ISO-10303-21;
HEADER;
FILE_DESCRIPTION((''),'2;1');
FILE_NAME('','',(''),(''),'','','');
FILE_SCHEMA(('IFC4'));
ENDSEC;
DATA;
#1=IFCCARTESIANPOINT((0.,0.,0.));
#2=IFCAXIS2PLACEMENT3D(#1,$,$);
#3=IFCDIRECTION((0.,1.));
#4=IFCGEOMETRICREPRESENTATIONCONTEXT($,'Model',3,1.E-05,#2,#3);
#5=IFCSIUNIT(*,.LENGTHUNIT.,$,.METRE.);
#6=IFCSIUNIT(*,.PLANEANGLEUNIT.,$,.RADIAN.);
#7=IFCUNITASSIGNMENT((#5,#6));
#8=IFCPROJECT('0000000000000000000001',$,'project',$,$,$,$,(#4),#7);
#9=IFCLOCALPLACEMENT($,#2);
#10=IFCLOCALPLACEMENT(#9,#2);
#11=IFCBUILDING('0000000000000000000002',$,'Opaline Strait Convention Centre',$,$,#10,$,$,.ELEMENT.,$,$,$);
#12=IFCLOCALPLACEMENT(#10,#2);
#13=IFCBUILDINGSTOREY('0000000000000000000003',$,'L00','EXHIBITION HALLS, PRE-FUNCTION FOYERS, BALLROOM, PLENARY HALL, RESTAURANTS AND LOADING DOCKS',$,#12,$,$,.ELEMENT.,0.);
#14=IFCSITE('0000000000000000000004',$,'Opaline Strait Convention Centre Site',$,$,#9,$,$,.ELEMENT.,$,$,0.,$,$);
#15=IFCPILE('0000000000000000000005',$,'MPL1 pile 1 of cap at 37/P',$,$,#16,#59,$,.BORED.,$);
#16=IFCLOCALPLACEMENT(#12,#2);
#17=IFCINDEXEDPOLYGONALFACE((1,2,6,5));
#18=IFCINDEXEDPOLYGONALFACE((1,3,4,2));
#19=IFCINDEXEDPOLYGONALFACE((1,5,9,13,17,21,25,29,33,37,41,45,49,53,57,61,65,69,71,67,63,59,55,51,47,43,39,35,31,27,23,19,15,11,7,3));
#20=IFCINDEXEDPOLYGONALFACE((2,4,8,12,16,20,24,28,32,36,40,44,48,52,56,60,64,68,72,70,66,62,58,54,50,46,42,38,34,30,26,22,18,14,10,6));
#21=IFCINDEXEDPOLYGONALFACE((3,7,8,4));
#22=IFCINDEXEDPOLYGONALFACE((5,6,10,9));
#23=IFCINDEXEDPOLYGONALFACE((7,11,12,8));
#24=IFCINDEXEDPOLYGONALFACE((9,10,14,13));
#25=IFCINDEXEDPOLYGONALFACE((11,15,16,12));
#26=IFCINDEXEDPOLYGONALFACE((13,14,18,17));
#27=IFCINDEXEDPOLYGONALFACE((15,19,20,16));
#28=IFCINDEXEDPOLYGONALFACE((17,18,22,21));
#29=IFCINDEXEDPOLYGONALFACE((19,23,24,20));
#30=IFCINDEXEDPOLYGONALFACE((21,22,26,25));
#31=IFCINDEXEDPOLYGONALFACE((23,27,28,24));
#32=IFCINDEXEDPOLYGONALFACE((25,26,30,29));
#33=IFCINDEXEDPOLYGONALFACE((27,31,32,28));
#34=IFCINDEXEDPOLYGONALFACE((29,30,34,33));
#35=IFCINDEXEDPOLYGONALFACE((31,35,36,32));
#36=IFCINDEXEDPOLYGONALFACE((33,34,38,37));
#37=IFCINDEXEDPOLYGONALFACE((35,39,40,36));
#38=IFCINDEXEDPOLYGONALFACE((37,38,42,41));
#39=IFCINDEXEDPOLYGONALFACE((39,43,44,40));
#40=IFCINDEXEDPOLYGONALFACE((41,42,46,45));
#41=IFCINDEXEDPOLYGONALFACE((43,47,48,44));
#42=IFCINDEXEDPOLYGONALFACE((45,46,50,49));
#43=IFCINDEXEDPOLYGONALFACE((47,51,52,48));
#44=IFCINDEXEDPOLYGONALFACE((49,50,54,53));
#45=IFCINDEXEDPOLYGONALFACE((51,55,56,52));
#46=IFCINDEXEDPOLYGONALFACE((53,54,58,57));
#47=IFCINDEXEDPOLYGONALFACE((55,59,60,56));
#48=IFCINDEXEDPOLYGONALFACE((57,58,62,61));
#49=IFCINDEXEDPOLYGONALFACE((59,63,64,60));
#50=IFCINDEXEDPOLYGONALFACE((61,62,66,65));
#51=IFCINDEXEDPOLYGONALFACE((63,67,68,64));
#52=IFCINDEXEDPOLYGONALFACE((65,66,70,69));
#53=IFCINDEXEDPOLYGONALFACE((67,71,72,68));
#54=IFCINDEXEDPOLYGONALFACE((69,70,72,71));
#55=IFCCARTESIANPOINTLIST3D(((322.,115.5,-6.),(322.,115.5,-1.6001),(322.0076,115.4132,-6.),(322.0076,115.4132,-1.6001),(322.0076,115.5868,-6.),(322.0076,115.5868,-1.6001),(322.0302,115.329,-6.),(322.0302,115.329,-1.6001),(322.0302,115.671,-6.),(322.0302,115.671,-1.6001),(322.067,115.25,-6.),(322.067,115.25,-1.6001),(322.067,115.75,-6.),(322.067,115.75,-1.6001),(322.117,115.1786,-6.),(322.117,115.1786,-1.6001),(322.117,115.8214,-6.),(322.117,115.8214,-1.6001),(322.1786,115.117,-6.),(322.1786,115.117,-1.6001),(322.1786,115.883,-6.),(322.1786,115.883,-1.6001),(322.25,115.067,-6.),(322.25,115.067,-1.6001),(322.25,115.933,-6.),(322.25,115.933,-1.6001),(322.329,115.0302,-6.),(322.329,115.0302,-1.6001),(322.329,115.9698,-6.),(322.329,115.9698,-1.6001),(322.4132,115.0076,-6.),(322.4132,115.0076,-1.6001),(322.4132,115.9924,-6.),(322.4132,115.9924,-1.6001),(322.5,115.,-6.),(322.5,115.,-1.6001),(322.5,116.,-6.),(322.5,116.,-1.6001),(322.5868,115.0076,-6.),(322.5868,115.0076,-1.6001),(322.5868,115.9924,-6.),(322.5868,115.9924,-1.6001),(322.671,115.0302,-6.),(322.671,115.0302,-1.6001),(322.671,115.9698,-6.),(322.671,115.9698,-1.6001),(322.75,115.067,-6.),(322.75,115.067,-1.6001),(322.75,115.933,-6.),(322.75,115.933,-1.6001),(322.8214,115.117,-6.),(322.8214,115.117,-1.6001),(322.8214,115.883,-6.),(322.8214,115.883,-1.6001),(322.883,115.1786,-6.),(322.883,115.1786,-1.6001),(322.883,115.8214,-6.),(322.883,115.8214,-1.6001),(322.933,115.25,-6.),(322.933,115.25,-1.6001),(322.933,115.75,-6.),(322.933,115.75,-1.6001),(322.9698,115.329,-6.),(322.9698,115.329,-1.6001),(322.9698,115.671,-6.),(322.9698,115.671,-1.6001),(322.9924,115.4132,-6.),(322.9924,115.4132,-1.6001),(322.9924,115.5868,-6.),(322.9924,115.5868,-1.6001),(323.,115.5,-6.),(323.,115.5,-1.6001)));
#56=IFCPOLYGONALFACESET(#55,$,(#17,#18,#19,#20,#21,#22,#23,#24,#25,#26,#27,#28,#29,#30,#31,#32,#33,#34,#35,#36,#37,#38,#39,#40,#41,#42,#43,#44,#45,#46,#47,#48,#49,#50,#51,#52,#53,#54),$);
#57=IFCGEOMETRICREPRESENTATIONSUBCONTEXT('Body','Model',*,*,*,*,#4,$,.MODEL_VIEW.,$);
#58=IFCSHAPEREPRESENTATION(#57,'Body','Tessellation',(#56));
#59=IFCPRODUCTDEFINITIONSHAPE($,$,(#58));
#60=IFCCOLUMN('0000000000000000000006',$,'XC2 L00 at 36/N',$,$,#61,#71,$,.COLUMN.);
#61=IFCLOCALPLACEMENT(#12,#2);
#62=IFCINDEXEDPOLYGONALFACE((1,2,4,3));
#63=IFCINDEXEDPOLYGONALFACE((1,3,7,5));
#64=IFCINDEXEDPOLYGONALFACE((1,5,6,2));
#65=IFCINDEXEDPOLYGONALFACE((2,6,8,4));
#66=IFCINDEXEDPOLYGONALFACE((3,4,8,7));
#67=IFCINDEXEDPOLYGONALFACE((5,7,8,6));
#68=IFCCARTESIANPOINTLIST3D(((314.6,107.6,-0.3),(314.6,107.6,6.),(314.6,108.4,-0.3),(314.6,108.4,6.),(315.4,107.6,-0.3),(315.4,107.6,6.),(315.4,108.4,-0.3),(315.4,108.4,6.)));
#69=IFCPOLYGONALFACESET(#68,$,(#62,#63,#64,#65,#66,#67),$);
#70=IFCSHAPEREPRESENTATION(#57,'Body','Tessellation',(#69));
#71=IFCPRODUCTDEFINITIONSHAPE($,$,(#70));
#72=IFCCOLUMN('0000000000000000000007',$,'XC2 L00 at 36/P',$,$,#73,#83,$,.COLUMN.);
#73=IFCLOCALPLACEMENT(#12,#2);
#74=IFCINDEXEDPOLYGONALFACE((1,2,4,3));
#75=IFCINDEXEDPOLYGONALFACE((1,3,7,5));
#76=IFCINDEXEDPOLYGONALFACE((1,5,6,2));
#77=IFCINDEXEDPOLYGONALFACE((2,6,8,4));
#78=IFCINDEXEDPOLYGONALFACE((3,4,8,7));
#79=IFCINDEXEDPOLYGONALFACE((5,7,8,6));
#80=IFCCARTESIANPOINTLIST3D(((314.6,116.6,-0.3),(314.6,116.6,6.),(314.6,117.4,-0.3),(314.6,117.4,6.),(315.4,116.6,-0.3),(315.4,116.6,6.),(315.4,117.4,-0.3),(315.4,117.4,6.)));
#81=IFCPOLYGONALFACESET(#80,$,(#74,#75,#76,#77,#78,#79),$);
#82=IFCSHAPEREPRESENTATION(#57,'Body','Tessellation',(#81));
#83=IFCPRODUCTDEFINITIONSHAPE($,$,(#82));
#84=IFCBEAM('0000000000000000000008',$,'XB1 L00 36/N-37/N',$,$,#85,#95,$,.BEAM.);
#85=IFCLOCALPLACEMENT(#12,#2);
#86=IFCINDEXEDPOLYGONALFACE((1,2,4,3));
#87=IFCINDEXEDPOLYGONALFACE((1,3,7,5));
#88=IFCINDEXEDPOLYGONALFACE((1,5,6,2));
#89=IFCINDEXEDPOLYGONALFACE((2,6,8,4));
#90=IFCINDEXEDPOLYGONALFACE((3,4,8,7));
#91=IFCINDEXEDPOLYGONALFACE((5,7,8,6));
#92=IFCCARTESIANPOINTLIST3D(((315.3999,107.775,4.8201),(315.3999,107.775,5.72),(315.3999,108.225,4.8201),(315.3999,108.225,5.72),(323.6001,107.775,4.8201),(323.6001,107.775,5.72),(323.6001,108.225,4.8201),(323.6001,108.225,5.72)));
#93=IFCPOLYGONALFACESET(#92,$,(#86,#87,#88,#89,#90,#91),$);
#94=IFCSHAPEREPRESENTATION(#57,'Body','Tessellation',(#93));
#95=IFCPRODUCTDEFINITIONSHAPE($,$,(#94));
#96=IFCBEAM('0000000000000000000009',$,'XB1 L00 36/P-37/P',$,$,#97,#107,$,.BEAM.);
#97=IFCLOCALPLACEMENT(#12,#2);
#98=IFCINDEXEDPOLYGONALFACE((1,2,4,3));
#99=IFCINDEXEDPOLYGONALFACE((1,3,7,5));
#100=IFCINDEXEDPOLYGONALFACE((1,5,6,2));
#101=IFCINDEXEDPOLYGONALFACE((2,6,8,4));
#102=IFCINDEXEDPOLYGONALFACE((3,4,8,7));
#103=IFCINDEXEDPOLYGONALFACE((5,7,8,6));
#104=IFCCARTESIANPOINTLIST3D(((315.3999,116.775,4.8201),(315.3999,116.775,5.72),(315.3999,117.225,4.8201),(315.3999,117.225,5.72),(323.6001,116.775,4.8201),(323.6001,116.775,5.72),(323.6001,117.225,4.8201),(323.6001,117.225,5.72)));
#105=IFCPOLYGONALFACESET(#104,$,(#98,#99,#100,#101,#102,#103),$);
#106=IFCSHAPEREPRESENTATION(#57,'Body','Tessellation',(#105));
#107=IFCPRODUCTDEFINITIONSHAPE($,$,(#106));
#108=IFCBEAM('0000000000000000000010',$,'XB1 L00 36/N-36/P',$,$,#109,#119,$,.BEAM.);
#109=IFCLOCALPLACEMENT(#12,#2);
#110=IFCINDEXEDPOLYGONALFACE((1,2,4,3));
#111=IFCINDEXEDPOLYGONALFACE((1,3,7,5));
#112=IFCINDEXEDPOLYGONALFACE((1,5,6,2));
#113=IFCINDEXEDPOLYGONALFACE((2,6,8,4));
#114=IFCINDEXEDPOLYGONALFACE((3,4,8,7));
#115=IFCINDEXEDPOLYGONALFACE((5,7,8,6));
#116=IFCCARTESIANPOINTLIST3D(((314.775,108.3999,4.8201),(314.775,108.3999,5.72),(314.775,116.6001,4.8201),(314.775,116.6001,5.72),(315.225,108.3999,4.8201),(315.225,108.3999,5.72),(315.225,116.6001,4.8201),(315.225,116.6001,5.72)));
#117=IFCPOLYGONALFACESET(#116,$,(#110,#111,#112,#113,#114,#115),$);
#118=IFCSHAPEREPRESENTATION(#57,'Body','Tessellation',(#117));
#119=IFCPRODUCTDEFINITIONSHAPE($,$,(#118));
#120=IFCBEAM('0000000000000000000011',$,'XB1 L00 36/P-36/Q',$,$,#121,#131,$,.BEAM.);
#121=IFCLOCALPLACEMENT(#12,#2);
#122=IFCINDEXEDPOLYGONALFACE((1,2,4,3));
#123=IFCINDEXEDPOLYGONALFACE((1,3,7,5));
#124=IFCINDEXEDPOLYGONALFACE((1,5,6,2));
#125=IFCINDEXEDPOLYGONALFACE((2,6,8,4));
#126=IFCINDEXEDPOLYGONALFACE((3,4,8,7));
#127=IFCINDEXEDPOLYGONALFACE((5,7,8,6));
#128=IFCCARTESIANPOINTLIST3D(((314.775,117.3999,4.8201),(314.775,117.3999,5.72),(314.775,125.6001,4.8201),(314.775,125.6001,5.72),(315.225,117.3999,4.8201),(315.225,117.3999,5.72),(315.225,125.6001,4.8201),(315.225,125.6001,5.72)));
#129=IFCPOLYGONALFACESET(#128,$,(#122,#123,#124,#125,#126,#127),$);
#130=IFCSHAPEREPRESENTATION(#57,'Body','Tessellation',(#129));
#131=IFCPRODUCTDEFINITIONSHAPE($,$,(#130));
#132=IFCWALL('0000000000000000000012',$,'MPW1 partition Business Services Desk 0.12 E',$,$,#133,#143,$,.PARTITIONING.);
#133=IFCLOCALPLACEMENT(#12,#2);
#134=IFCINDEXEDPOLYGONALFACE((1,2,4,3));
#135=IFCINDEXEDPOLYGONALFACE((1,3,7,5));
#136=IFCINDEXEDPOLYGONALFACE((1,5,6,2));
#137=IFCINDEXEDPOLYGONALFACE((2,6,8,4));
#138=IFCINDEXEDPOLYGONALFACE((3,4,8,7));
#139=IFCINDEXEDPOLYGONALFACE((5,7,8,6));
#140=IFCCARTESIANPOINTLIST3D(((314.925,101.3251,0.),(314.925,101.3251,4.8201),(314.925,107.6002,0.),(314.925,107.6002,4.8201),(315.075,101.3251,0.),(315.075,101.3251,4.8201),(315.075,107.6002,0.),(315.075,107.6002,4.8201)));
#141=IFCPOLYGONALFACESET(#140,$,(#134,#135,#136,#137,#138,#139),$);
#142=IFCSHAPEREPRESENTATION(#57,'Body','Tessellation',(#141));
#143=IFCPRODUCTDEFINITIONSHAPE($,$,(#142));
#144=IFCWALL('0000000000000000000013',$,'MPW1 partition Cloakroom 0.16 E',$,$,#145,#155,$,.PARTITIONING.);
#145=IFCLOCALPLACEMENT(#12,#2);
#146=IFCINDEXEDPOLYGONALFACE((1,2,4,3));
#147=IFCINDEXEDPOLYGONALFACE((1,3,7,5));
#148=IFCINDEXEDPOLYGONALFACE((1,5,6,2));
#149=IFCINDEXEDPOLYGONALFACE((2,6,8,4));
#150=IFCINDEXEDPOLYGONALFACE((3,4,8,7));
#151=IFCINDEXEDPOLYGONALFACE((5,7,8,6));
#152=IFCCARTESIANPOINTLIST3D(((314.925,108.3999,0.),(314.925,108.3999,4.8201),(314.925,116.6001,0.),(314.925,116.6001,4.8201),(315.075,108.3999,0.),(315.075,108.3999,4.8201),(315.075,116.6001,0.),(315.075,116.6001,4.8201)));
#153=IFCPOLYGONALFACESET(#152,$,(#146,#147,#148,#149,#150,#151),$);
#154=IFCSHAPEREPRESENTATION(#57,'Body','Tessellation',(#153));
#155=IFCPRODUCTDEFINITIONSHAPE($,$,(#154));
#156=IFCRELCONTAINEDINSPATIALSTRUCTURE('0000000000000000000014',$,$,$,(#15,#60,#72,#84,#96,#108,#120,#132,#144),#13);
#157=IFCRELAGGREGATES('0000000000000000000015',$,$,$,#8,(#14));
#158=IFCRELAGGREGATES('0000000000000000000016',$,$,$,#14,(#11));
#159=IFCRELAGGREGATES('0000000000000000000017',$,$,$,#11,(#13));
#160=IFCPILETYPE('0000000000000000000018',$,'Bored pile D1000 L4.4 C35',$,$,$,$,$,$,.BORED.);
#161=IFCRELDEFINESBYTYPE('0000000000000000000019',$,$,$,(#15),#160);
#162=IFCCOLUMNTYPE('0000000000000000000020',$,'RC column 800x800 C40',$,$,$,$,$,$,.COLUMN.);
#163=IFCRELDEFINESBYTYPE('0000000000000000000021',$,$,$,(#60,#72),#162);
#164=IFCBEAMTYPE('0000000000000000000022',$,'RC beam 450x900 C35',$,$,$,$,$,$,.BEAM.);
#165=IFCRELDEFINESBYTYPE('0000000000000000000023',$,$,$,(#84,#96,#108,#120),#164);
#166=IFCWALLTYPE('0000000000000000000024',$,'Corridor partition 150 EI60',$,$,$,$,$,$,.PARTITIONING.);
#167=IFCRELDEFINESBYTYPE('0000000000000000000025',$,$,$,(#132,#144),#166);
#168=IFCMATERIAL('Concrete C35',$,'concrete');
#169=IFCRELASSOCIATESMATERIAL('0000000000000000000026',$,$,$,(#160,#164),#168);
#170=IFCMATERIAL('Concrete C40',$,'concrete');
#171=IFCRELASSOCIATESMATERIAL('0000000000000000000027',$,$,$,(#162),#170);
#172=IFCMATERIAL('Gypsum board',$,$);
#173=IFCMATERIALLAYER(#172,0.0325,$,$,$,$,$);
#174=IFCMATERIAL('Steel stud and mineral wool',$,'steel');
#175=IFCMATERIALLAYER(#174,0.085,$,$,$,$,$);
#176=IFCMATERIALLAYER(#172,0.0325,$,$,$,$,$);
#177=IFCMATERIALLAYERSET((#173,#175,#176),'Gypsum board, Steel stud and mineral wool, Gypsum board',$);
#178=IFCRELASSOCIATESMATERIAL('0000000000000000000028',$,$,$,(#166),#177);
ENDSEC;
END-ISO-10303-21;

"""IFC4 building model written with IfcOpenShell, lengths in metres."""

from ifc_helpers import new_model, si_unit, direction, frame, frame_2d, origin, origin_2d, place, context, subcontext, project, spatial, rectangle, circle, extrude, material, layer, layer_set, material_profile, profile_set, type_object, element, save


model = new_model("IFC4")

# Units and contexts
model_context = context("Model", 3, precision=1e-05, world=origin(), true_north=direction((0.0, 1.0)))
body_context = subcontext(model_context, "Body", "Model", "MODEL_VIEW")
ifc_project = project(units=[si_unit("LENGTHUNIT", "METRE"), si_unit("PLANEANGLEUNIT", "RADIAN")], contexts=[model_context])

# Site, building, storey
site_placement = place(None, origin())
site = spatial("IfcSite", under=ifc_project, at=site_placement, Name="Opaline Strait Convention Centre Site", CompositionType="ELEMENT", RefElevation=0.0)
building_placement = place(site_placement, origin())
building = spatial("IfcBuilding", under=site, at=building_placement, Name="Opaline Strait Convention Centre", CompositionType="ELEMENT")
storey_placement = place(building_placement, origin())
storey = spatial("IfcBuildingStorey", under=building, at=storey_placement, Name="L00", Description="EXHIBITION HALLS, PRE-FUNCTION FOYERS, BALLROOM, PLENARY HALL, RESTAURANTS AND LOADING DOCKS", CompositionType="ELEMENT", Elevation=0.0)

# Pile
ifc_material_1 = material(Name="Concrete C35", Category="concrete")
ifc_material_profile_1 = material_profile(ifc_material_1, circle(Radius=0.5, at=origin_2d()), Name="D1000")
ifc_profile_set_1 = profile_set([ifc_material_profile_1], Name="Concrete C35")
pile_type = type_object("IfcPileType", Name="Bored pile D1000 L4.4 C35", PredefinedType="BORED", material=ifc_profile_set_1)
for number, where, z_axis, x_axis, name in (
    (1, (322.5, 115.5, -1.6001), (0.0, 0.0, -1.0), (1.0, 0.0, 0.0), "MPL1 pile 1 of cap at 37/P"),
):
    element("IfcPile", number, at=place(storey_placement, frame(where, z_axis=z_axis, x_axis=x_axis)), inside=storey, type_object=pile_type, Name=name, PredefinedType="BORED", context=body_context, shape_type="SweptSolid", body=[
        extrude(circle(Radius=0.5, at=origin_2d()), origin(), (0.0, 0.0, 1.0), 4.3999),
    ])

# Columns
ifc_material_2 = material(Name="Concrete C40", Category="concrete")
ifc_material_profile_2 = material_profile(ifc_material_2, rectangle(XDim=0.8, YDim=0.8, at=origin_2d()), Name="RC 800x800")
ifc_profile_set_2 = profile_set([ifc_material_profile_2], Name="Concrete C40")
column_type = type_object("IfcColumnType", Name="RC column 800x800 C40", PredefinedType="COLUMN", material=ifc_profile_set_2)
for number, where, z_axis, x_axis, name in (
    (2, (315.0, 108.0, -0.3), (0.0, 0.0, 1.0), (1.0, 0.0, 0.0), "XC2 L00 at 36/N"),
    (3, (315.0, 117.0, -0.3), (0.0, 0.0, 1.0), (1.0, 0.0, 0.0), "XC2 L00 at 36/P"),
):
    element("IfcColumn", number, at=place(storey_placement, frame(where, z_axis=z_axis, x_axis=x_axis)), inside=storey, type_object=column_type, Name=name, PredefinedType="COLUMN", context=body_context, shape_type="SweptSolid", body=[
        extrude(rectangle(XDim=0.8, YDim=0.8, at=origin_2d()), origin(), (0.0, 0.0, 1.0), 6.3),
    ])

# Beams
ifc_material_profile_3 = material_profile(ifc_material_1, rectangle(XDim=0.45, YDim=0.8999, at=origin_2d()), Name="RC 450x900")
ifc_profile_set_3 = profile_set([ifc_material_profile_3], Name="Concrete C35")
beam_type = type_object("IfcBeamType", Name="RC beam 450x900 C35", PredefinedType="BEAM", material=ifc_profile_set_3)
for number, where, z_axis, x_axis, name in (
    (4, (315.3999, 108.0, 5.27), (1.0, 0.0, 0.0), (0.0, 1.0, 0.0), "XB1 L00 36/N-37/N"),
    (5, (315.3999, 117.0, 5.27), (1.0, 0.0, 0.0), (0.0, 1.0, 0.0), "XB1 L00 36/P-37/P"),
    (6, (315.0, 108.3999, 5.27), (0.0, 1.0, 0.0), (-1.0, 0.0, 0.0), "XB1 L00 36/N-36/P"),
    (7, (315.0, 117.3999, 5.27), (0.0, 1.0, 0.0), (-1.0, 0.0, 0.0), "XB1 L00 36/P-36/Q"),
):
    element("IfcBeam", number, at=place(storey_placement, frame(where, z_axis=z_axis, x_axis=x_axis)), inside=storey, type_object=beam_type, Name=name, PredefinedType="BEAM", context=body_context, shape_type="SweptSolid", body=[
        extrude(rectangle(XDim=0.45, YDim=0.8999, at=origin_2d()), origin(), (0.0, 0.0, 1.0), 8.2002),
    ])

# Walls
ifc_material_3 = material(Name="Gypsum board")
ifc_layer_1 = layer(ifc_material_3, 0.0325)
ifc_material_4 = material(Name="Steel stud and mineral wool", Category="steel")
ifc_layer_2 = layer(ifc_material_4, 0.085)
ifc_layer_3 = layer(ifc_material_3, 0.0325)
ifc_layer_set = layer_set([ifc_layer_1, ifc_layer_2, ifc_layer_3], Name="Gypsum board, Steel stud and mineral wool, Gypsum board")
wall_type = type_object("IfcWallType", Name="Corridor partition 150 EI60", PredefinedType="PARTITIONING", material=ifc_layer_set)
wall_1_placement = place(storey_placement, frame((315.0, 101.325, 0.0), z_axis=(0.0, 0.0, 1.0), x_axis=(0.0, 1.0, 0.0)))
element("IfcWall", 8, at=wall_1_placement, inside=storey, type_object=wall_type, Name="MPW1 partition Business Services Desk 0.12 E", PredefinedType="PARTITIONING", context=body_context, shape_type="SweptSolid", body=[
    extrude(rectangle(XDim=6.2751, YDim=0.1499, at=frame_2d((3.1377, 0.0))), origin(), (0.0, 0.0, 1.0), 4.8201),
])
wall_2_placement = place(storey_placement, frame((315.0, 108.3999, 0.0), z_axis=(0.0, 0.0, 1.0), x_axis=(0.0, 1.0, 0.0)))
element("IfcWall", 9, at=wall_2_placement, inside=storey, type_object=wall_type, Name="MPW1 partition Cloakroom 0.16 E", PredefinedType="PARTITIONING", context=body_context, shape_type="SweptSolid", body=[
    extrude(rectangle(XDim=8.2002, YDim=0.1499, at=frame_2d((4.1001, 0.0))), origin(), (0.0, 0.0, 1.0), 4.8201),
])

save(model, "model.ifc")
